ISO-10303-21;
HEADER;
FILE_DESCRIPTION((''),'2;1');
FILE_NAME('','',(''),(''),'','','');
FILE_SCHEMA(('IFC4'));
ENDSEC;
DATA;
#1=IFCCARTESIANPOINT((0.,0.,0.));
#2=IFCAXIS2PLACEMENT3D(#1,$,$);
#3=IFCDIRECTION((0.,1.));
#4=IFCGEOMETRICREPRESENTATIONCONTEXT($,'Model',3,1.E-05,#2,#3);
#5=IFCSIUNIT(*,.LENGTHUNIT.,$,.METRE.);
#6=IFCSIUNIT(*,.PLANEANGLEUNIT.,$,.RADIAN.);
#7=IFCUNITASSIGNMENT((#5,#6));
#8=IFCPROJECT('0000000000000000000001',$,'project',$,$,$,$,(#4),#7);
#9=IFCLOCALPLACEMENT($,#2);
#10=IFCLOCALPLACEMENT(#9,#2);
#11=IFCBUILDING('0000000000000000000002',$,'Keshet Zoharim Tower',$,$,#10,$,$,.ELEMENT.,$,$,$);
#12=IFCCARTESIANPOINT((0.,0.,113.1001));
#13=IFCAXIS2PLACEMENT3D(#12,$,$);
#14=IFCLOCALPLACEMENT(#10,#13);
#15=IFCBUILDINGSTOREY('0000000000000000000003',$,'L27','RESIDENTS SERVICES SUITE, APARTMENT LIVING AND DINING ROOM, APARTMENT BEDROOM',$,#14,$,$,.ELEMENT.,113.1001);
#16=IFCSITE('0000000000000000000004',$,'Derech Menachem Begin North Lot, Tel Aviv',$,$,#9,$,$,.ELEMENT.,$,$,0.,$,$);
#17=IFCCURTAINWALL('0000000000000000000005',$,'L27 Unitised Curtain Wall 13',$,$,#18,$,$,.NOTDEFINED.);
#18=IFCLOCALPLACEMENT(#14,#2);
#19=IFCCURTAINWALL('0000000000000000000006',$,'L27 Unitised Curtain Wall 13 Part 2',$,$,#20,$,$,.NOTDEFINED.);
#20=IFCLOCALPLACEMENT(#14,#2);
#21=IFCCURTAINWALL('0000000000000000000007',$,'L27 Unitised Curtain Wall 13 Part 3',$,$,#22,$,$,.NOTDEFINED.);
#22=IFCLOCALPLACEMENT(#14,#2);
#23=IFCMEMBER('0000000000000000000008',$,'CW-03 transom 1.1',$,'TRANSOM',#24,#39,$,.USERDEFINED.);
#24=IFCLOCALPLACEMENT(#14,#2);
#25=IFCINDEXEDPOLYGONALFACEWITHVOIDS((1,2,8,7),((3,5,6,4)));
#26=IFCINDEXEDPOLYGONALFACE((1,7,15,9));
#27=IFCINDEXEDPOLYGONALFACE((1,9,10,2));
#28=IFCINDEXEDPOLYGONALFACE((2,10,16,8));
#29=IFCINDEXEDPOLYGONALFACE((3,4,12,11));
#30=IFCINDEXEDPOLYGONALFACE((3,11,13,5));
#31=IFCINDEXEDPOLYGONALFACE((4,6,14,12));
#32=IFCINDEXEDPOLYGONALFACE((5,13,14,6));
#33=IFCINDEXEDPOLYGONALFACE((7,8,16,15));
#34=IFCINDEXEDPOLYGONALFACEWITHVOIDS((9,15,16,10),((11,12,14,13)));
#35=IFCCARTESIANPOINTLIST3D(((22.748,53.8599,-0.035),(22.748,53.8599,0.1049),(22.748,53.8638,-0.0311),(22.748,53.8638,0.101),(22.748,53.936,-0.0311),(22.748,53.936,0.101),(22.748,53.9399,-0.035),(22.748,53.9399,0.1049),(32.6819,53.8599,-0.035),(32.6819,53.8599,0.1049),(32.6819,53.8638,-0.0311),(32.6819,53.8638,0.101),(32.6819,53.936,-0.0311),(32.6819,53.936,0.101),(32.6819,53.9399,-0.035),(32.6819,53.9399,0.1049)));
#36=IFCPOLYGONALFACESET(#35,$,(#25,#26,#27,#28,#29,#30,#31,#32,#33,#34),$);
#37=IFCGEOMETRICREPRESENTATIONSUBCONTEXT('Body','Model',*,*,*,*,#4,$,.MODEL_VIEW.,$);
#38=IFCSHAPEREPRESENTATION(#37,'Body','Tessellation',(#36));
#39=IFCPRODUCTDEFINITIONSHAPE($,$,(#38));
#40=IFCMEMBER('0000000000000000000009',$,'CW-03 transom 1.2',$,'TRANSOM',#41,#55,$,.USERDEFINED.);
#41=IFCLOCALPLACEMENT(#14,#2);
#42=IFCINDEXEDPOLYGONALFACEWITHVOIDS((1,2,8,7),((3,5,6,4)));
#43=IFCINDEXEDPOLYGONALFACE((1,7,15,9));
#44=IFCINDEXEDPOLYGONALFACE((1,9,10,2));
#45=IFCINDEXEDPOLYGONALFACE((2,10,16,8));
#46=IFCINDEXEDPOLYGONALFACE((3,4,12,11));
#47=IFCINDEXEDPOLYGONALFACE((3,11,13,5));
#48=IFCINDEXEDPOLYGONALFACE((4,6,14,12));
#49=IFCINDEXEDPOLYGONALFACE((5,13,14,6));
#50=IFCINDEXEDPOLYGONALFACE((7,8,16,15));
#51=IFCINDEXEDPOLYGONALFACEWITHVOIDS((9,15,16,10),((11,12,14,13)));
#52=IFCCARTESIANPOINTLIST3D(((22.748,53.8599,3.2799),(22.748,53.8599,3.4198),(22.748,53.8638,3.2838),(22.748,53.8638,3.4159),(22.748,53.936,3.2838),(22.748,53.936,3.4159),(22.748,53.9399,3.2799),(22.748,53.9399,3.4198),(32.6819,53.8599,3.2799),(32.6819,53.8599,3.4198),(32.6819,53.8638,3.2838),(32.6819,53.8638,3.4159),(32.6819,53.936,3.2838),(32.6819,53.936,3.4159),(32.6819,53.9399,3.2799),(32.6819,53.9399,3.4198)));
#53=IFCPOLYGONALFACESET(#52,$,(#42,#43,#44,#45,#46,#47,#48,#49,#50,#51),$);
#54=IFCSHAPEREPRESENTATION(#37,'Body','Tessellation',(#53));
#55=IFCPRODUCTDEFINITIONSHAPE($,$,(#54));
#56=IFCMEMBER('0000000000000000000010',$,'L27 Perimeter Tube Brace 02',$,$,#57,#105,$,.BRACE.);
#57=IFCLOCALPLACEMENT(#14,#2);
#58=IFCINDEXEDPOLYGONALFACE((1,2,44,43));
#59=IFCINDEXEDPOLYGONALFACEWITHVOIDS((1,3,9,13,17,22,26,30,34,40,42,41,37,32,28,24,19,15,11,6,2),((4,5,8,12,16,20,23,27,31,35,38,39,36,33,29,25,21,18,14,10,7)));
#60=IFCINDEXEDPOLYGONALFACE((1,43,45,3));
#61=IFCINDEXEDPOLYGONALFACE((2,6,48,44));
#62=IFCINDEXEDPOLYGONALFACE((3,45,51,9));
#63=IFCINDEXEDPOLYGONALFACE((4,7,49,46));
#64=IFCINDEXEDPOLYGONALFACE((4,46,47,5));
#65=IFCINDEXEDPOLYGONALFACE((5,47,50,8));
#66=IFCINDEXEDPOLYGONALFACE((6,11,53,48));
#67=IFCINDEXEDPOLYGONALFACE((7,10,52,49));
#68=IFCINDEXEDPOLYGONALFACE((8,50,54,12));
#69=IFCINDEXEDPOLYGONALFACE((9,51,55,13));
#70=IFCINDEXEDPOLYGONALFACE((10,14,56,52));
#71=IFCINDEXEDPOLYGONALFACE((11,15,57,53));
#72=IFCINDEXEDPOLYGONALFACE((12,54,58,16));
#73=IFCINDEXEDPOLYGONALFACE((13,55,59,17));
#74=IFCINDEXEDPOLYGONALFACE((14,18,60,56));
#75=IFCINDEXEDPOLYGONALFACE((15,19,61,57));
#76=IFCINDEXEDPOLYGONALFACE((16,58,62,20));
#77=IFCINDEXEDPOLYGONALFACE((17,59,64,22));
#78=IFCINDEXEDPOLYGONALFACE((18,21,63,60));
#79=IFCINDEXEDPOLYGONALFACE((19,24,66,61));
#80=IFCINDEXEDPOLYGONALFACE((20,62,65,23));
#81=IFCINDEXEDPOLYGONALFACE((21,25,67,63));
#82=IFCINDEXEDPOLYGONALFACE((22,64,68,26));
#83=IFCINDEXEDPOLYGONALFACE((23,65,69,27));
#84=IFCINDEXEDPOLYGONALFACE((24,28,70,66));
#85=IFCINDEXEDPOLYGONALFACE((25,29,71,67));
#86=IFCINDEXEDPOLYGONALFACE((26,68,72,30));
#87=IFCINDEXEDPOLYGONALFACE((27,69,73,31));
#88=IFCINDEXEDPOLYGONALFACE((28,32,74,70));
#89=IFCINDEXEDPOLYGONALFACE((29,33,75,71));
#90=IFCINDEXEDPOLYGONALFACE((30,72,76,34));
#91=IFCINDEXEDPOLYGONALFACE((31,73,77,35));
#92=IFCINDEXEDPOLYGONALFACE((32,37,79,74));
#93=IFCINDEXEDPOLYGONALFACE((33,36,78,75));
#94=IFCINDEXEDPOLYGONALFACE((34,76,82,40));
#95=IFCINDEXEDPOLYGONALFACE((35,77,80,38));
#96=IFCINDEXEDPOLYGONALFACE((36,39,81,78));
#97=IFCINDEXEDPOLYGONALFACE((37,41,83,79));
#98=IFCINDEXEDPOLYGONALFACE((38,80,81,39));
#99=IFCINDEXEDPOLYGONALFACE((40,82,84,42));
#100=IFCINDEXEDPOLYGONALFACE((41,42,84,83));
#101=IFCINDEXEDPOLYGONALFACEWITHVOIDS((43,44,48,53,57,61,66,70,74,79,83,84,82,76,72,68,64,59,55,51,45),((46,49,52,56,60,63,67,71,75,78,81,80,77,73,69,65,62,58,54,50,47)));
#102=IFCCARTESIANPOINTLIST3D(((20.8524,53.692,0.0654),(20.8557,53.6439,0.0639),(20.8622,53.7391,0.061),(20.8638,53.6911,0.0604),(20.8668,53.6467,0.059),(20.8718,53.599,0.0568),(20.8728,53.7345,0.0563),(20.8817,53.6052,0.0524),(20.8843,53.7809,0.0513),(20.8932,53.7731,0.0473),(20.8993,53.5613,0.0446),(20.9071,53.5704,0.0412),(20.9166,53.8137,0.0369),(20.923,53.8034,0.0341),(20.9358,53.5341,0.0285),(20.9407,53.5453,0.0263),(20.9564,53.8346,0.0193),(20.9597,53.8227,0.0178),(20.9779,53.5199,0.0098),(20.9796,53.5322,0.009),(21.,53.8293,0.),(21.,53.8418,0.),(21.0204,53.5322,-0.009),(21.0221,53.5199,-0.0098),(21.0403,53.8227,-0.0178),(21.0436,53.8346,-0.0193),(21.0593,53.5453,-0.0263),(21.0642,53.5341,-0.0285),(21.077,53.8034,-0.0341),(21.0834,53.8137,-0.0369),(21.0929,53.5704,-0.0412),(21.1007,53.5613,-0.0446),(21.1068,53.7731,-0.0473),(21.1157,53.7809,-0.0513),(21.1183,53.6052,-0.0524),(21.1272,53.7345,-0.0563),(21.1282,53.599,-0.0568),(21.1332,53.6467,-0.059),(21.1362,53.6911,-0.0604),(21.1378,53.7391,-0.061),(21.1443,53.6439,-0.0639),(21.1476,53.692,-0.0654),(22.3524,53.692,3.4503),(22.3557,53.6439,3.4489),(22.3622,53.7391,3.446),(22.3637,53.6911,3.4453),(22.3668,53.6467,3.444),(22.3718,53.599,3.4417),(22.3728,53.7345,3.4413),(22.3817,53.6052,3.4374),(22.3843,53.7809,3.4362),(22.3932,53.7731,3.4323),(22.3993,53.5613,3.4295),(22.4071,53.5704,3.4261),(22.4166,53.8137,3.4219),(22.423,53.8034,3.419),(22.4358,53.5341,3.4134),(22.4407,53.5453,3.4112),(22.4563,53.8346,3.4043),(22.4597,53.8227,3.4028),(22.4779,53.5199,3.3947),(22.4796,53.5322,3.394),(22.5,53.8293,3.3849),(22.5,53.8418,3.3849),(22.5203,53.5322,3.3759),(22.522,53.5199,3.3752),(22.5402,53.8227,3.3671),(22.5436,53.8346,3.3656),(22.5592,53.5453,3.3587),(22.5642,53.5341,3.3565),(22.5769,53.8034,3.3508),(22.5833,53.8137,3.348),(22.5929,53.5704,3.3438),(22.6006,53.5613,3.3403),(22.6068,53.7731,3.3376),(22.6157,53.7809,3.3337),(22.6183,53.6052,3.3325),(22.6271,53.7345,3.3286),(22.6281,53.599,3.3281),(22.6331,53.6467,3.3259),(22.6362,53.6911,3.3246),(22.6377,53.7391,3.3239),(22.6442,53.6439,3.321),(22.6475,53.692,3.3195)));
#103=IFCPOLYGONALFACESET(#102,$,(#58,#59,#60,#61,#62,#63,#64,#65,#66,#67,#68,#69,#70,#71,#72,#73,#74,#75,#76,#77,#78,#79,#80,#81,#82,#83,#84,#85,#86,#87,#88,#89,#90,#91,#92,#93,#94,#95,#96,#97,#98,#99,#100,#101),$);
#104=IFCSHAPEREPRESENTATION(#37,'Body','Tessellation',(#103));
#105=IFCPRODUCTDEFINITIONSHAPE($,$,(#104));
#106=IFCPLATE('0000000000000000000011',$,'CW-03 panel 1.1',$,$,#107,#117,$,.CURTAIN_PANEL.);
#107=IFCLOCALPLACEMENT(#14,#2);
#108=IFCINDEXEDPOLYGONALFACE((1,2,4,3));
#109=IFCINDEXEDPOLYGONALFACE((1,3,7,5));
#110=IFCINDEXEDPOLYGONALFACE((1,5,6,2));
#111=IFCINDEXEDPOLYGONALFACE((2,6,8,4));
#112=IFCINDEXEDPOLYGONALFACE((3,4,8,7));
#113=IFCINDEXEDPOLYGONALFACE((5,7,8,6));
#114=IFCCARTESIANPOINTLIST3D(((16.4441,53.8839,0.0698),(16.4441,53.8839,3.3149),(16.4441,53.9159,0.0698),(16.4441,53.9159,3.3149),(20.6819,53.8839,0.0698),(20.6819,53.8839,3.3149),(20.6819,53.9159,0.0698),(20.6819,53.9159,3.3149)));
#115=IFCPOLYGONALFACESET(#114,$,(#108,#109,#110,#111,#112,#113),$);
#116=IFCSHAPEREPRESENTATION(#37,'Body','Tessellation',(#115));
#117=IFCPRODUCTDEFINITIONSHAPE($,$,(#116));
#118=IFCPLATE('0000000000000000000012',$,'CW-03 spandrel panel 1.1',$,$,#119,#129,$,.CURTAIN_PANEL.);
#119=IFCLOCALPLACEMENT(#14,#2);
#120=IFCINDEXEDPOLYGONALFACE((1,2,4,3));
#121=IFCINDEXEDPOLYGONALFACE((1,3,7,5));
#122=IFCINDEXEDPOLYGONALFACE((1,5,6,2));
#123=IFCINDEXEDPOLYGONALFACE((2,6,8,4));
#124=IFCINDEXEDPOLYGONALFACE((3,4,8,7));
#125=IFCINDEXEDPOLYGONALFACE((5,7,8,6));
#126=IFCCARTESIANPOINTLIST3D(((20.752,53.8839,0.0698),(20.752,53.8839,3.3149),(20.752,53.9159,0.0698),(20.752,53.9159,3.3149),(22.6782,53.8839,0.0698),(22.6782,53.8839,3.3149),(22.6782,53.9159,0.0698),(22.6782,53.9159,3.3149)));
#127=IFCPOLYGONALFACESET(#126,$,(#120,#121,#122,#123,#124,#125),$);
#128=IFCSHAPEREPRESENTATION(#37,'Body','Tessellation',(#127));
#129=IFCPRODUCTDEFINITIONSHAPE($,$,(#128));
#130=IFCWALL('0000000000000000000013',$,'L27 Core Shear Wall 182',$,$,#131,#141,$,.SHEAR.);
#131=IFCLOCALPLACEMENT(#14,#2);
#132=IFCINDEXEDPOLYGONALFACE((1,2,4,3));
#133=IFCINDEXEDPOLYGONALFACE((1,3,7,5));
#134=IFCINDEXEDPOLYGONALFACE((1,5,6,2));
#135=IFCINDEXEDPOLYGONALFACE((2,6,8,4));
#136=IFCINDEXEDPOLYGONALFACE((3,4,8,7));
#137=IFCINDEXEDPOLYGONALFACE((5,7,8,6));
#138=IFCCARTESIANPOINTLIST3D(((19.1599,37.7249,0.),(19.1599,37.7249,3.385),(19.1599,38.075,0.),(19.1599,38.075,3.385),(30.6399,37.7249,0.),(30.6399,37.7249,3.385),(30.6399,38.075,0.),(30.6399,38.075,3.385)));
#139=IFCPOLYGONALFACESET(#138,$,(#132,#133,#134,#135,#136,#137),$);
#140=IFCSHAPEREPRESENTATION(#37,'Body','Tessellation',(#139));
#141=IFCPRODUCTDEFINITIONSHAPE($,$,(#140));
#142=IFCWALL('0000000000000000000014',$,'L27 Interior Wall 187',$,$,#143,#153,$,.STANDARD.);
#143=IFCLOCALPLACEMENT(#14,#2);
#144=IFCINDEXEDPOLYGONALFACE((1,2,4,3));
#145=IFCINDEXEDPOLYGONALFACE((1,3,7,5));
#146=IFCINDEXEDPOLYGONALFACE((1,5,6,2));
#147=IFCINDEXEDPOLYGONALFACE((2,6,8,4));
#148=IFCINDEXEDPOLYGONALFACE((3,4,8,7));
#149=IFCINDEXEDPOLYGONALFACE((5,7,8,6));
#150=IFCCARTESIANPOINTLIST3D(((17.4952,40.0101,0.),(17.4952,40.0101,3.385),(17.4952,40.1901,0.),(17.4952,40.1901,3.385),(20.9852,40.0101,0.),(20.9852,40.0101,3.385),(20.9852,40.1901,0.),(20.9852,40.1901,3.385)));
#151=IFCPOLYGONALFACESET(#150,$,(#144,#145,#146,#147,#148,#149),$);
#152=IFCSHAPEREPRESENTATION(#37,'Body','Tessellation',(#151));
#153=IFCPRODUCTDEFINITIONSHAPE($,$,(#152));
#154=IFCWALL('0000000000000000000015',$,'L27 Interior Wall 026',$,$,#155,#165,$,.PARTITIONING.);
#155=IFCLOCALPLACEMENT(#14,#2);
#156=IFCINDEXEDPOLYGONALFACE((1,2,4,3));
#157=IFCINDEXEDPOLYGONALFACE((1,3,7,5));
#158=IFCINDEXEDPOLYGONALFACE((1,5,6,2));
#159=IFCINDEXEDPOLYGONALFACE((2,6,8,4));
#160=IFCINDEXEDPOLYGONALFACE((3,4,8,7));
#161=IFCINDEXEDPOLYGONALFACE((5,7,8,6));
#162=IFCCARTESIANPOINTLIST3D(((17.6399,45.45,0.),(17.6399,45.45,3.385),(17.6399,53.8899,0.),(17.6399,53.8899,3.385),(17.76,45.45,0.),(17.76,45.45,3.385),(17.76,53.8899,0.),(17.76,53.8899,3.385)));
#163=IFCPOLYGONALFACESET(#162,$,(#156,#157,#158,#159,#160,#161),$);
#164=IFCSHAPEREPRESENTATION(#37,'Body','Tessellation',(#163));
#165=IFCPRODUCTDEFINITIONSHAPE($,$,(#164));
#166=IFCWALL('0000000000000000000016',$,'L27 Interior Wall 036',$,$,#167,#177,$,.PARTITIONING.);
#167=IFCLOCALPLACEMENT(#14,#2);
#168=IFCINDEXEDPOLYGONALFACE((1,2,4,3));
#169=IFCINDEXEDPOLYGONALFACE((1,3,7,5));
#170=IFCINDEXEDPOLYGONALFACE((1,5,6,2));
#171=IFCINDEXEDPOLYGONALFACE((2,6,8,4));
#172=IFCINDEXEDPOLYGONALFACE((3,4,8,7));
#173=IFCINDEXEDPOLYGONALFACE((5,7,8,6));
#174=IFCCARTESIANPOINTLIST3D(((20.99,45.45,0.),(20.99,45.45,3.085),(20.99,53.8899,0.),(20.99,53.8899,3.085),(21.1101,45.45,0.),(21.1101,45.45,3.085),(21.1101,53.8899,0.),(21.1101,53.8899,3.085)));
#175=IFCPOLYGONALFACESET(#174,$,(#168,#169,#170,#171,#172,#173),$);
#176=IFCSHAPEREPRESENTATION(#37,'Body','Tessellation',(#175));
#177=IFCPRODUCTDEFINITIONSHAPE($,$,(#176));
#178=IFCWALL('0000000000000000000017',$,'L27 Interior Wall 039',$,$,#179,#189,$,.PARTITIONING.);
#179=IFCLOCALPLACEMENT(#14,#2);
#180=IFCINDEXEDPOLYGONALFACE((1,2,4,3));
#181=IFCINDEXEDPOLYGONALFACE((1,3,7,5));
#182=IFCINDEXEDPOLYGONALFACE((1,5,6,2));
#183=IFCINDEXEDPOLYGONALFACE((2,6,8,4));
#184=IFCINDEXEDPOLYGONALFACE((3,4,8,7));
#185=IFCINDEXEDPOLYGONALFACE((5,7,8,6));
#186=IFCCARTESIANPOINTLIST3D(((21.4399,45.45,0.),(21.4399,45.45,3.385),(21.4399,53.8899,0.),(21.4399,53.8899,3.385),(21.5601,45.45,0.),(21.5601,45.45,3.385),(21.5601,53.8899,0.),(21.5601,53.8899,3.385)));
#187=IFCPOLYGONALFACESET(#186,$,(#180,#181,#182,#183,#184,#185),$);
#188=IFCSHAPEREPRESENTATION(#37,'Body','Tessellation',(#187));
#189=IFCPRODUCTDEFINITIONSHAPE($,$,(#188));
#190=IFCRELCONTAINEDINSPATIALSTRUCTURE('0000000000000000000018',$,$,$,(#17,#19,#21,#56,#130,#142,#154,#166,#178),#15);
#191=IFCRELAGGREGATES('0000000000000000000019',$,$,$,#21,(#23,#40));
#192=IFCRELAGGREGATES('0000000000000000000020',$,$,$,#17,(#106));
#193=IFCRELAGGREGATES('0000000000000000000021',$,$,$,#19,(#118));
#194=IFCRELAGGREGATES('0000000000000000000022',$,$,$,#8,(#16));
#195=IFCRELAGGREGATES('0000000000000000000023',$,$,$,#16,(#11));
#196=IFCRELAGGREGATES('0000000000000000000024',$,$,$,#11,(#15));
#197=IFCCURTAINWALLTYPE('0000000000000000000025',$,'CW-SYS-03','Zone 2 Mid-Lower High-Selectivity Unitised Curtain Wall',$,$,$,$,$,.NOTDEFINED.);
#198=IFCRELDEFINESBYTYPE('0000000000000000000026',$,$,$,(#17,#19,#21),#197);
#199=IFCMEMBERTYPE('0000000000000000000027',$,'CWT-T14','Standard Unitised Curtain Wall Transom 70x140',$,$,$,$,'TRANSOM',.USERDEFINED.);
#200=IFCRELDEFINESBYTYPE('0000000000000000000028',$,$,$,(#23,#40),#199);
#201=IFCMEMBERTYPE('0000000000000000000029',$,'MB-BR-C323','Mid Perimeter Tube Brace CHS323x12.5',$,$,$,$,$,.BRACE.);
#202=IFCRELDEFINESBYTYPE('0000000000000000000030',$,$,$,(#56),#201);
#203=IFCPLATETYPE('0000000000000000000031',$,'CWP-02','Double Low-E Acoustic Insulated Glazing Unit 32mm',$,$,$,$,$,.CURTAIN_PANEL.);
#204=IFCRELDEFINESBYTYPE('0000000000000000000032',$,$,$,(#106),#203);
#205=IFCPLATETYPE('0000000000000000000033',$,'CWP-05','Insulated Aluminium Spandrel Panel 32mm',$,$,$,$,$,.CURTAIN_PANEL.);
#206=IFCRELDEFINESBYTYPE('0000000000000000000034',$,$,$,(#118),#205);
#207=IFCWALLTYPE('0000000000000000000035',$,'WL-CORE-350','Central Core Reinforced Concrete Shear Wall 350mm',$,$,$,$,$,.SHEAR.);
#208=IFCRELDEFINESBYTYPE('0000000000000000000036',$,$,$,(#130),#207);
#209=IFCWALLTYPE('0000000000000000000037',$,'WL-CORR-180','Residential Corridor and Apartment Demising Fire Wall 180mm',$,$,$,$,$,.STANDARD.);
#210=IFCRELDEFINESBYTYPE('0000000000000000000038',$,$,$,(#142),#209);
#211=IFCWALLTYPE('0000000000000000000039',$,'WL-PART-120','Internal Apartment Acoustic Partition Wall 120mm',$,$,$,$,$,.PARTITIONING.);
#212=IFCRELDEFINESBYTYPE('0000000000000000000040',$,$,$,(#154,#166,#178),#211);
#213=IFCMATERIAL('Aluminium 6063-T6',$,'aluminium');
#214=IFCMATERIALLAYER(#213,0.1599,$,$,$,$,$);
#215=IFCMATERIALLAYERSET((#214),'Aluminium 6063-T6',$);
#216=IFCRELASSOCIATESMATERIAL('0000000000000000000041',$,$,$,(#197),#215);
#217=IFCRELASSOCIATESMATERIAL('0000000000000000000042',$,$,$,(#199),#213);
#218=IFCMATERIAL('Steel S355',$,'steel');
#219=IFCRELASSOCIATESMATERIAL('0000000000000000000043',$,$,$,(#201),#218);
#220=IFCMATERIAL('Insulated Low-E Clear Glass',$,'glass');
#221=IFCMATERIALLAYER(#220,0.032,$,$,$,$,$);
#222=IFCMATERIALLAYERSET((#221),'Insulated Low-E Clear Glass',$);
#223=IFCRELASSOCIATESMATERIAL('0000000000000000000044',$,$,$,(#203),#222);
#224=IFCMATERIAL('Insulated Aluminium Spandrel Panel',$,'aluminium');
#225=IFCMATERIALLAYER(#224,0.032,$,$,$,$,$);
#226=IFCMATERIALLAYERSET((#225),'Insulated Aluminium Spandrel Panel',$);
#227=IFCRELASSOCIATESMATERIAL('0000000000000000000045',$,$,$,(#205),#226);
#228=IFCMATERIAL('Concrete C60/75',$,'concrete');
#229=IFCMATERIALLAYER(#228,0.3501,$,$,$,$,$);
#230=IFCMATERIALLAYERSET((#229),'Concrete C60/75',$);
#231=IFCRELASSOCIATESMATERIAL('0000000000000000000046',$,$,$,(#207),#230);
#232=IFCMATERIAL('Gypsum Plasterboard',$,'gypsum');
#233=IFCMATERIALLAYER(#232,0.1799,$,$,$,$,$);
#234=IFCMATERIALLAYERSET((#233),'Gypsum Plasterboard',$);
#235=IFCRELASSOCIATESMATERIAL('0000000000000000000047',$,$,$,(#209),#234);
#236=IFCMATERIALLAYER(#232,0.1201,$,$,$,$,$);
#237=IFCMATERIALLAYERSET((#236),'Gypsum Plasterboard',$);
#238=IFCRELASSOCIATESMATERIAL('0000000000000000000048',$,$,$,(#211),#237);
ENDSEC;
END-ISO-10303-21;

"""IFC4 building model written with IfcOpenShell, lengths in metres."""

from ifc_helpers import new_model, si_unit, direction, frame, frame_2d, origin, origin_2d, place, context, subcontext, project, spatial, rectangle, hollow_rectangle, hollow_circle, extrude, material, layer, layer_set, material_profile, profile_set, type_object, element, aggregate, save


model = new_model("IFC4")

# Units and contexts
model_context = context("Model", 3, precision=1e-05, world=origin(), true_north=direction((0.0, 1.0)))
body_context = subcontext(model_context, "Body", "Model", "MODEL_VIEW")
ifc_project = project(units=[si_unit("LENGTHUNIT", "METRE"), si_unit("PLANEANGLEUNIT", "RADIAN")], contexts=[model_context])

# Site, building, storey
site_placement = place(None, origin())
site = spatial("IfcSite", under=ifc_project, at=site_placement, Name="Derech Menachem Begin North Lot, Tel Aviv", CompositionType="ELEMENT", RefElevation=0.0)
building_placement = place(site_placement, origin())
building = spatial("IfcBuilding", under=site, at=building_placement, Name="Keshet Zoharim Tower", CompositionType="ELEMENT")
storey_placement = place(building_placement, frame((0.0, 0.0, 113.1001)))
storey = spatial("IfcBuildingStorey", under=building, at=storey_placement, Name="L27", Description="RESIDENTS SERVICES SUITE, APARTMENT LIVING AND DINING ROOM, APARTMENT BEDROOM", CompositionType="ELEMENT", Elevation=113.1001)

# Shared definitions
ifc_material_1 = material(Name="Steel S355", Category="steel")

# Curtain walls
ifc_material_2 = material(Name="Aluminium 6063-T6", Category="aluminium")
ifc_layer_1 = layer(ifc_material_2, 0.1599)
ifc_layer_set_1 = layer_set([ifc_layer_1], Name="Aluminium 6063-T6")
curtain_wall_type = type_object("IfcCurtainWallType", Name="CW-SYS-03", Description="Zone 2 Mid-Lower High-Selectivity Unitised Curtain Wall", PredefinedType="NOTDEFINED", material=ifc_layer_set_1)
curtain_wall_1_placement = place(storey_placement, origin())
curtain_wall_1 = element("IfcCurtainWall", 1, at=curtain_wall_1_placement, inside=storey, type_object=curtain_wall_type, Name="L27 Unitised Curtain Wall 13", PredefinedType="NOTDEFINED")
curtain_wall_2_placement = place(storey_placement, origin())
curtain_wall_2 = element("IfcCurtainWall", 2, at=curtain_wall_2_placement, inside=storey, type_object=curtain_wall_type, Name="L27 Unitised Curtain Wall 13 Part 2", PredefinedType="NOTDEFINED")

# Shared definitions
ifc_material_profile_1 = material_profile(ifc_material_2, hollow_rectangle(XDim=0.0801, YDim=0.1399, WallThickness=0.0039, at=origin_2d()), Name="TRN-80x140")
ifc_profile_set_1 = profile_set([ifc_material_profile_1], Name="Aluminium 6063-T6")
member_type_1 = type_object("IfcMemberType", Name="CWT-T14", Description="Standard Unitised Curtain Wall Transom 70x140", ElementType="TRANSOM", PredefinedType="USERDEFINED", material=ifc_profile_set_1)

# Curtain wall, members
curtain_wall_3_placement = place(storey_placement, origin())
curtain_wall_3 = element("IfcCurtainWall", 3, at=curtain_wall_3_placement, inside=storey, type_object=curtain_wall_type, Name="L27 Unitised Curtain Wall 13 Part 3", PredefinedType="NOTDEFINED")
member_1_placement = place(storey_placement, frame((22.748, 53.8999, 0.0349), z_axis=(1.0, 0.0, 0.0), x_axis=(0.0, 1.0, 0.0)))
member_1 = element("IfcMember", 4, at=member_1_placement, type_object=member_type_1, Name="CW-03 transom 1.1", ObjectType="TRANSOM", PredefinedType="USERDEFINED", context=body_context, shape_type="SweptSolid", body=[
    extrude(hollow_rectangle(XDim=0.0801, YDim=0.1399, WallThickness=0.0039, at=origin_2d()), origin(), (0.0, 0.0, 1.0), 9.9338),
])
member_2_placement = place(storey_placement, frame((22.748, 53.8999, 3.3499), z_axis=(1.0, 0.0, 0.0), x_axis=(0.0, 1.0, 0.0)))
member_2 = element("IfcMember", 5, at=member_2_placement, type_object=member_type_1, Name="CW-03 transom 1.2", ObjectType="TRANSOM", PredefinedType="USERDEFINED", context=body_context, shape_type="SweptSolid", body=[
    extrude(hollow_rectangle(XDim=0.0801, YDim=0.1399, WallThickness=0.0039, at=origin_2d()), origin(), (0.0, 0.0, 1.0), 9.9338),
])
aggregate(curtain_wall_3, [member_1, member_2])

# Member
ifc_material_profile_2 = material_profile(ifc_material_1, hollow_circle(Radius=0.1619, WallThickness=0.0125, at=origin_2d()), Name="CHS323x12.5")
ifc_profile_set_2 = profile_set([ifc_material_profile_2], Name="Steel S355")
member_type_2 = type_object("IfcMemberType", Name="MB-BR-C323", Description="Mid Perimeter Tube Brace CHS323x12.5", PredefinedType="BRACE", material=ifc_profile_set_2)
member_3_placement = place(storey_placement, frame((21.0, 53.6799, 0.0), z_axis=(0.405135, 0.0, 0.914257), x_axis=(0.0, 1.0, 0.0)))
element("IfcMember", 6, at=member_3_placement, inside=storey, type_object=member_type_2, Name="L27 Perimeter Tube Brace 02", PredefinedType="BRACE", context=body_context, shape_type="SweptSolid", body=[
    extrude(hollow_circle(Radius=0.1619, WallThickness=0.0125, at=origin_2d()), origin(), (0.0, 0.0, 1.0), 3.7024),
])

# Plates
ifc_material_3 = material(Name="Insulated Low-E Clear Glass", Category="glass")
ifc_layer_2 = layer(ifc_material_3, 0.032)
ifc_layer_set_2 = layer_set([ifc_layer_2], Name="Insulated Low-E Clear Glass")
plate_type_1 = type_object("IfcPlateType", Name="CWP-02", Description="Double Low-E Acoustic Insulated Glazing Unit 32mm", PredefinedType="CURTAIN_PANEL", material=ifc_layer_set_2)
plate_1_placement = place(storey_placement, frame((18.563, 53.8999, 0.0698), z_axis=(0.0, 0.0, 1.0), x_axis=(1.0, 0.0, 0.0)))
plate_1 = element("IfcPlate", 7, at=plate_1_placement, type_object=plate_type_1, Name="CW-03 panel 1.1", PredefinedType="CURTAIN_PANEL", context=body_context, shape_type="SweptSolid", body=[
    extrude(rectangle(XDim=4.2378, YDim=0.032, at=origin_2d()), origin(), (0.0, 0.0, 1.0), 3.2451),
])
aggregate(curtain_wall_1, [plate_1])
ifc_material_4 = material(Name="Insulated Aluminium Spandrel Panel", Category="aluminium")
ifc_layer_3 = layer(ifc_material_4, 0.032)
ifc_layer_set_3 = layer_set([ifc_layer_3], Name="Insulated Aluminium Spandrel Panel")
plate_type_2 = type_object("IfcPlateType", Name="CWP-05", Description="Insulated Aluminium Spandrel Panel 32mm", PredefinedType="CURTAIN_PANEL", material=ifc_layer_set_3)
plate_2_placement = place(storey_placement, frame((21.7151, 53.8999, 0.0698), z_axis=(0.0, 0.0, 1.0), x_axis=(1.0, 0.0, 0.0)))
plate_2 = element("IfcPlate", 8, at=plate_2_placement, type_object=plate_type_2, Name="CW-03 spandrel panel 1.1", PredefinedType="CURTAIN_PANEL", context=body_context, shape_type="SweptSolid", body=[
    extrude(rectangle(XDim=1.9263, YDim=0.032, at=origin_2d()), origin(), (0.0, 0.0, 1.0), 3.2451),
])
aggregate(curtain_wall_2, [plate_2])

# Walls
ifc_material_5 = material(Name="Concrete C60/75", Category="concrete")
ifc_layer_4 = layer(ifc_material_5, 0.3501)
ifc_layer_set_4 = layer_set([ifc_layer_4], Name="Concrete C60/75")
wall_type_1 = type_object("IfcWallType", Name="WL-CORE-350", Description="Central Core Reinforced Concrete Shear Wall 350mm", PredefinedType="SHEAR", material=ifc_layer_set_4)
wall_1_placement = place(storey_placement, frame((19.1599, 37.8999, 0.0), z_axis=(0.0, 0.0, 1.0), x_axis=(1.0, 0.0, 0.0)))
element("IfcWall", 9, at=wall_1_placement, inside=storey, type_object=wall_type_1, Name="L27 Core Shear Wall 182", PredefinedType="SHEAR", context=body_context, shape_type="SweptSolid", body=[
    extrude(rectangle(XDim=11.48, YDim=0.3501, at=frame_2d((5.74, 0.0))), origin(), (0.0, 0.0, 1.0), 3.385),
])
ifc_material_6 = material(Name="Gypsum Plasterboard", Category="gypsum")
ifc_layer_5 = layer(ifc_material_6, 0.1799)
ifc_layer_set_5 = layer_set([ifc_layer_5], Name="Gypsum Plasterboard")
wall_type_2 = type_object("IfcWallType", Name="WL-CORR-180", Description="Residential Corridor and Apartment Demising Fire Wall 180mm", PredefinedType="STANDARD", material=ifc_layer_set_5)
wall_2_placement = place(storey_placement, frame((17.4951, 40.1001, 0.0), z_axis=(0.0, 0.0, 1.0), x_axis=(1.0, 0.0, 0.0)))
element("IfcWall", 10, at=wall_2_placement, inside=storey, type_object=wall_type_2, Name="L27 Interior Wall 187", PredefinedType="STANDARD", context=body_context, shape_type="SweptSolid", body=[
    extrude(rectangle(XDim=3.49, YDim=0.1799, at=frame_2d((1.7451, 0.0))), origin(), (0.0, 0.0, 1.0), 3.385),
])

# Walls
ifc_layer_6 = layer(ifc_material_6, 0.1201)
ifc_layer_set_6 = layer_set([ifc_layer_6], Name="Gypsum Plasterboard")
wall_type_3 = type_object("IfcWallType", Name="WL-PART-120", Description="Internal Apartment Acoustic Partition Wall 120mm", PredefinedType="PARTITIONING", material=ifc_layer_set_6)
wall_3_placement = place(storey_placement, frame((17.7, 45.45, 0.0), z_axis=(0.0, 0.0, 1.0), x_axis=(0.0, 1.0, 0.0)))
element("IfcWall", 11, at=wall_3_placement, inside=storey, type_object=wall_type_3, Name="L27 Interior Wall 026", PredefinedType="PARTITIONING", context=body_context, shape_type="SweptSolid", body=[
    extrude(rectangle(XDim=8.4399, YDim=0.1201, at=frame_2d((4.22, 0.0))), origin(), (0.0, 0.0, 1.0), 3.385),
])
wall_4_placement = place(storey_placement, frame((21.05, 45.45, 0.0), z_axis=(0.0, 0.0, 1.0), x_axis=(0.0, 1.0, 0.0)))
element("IfcWall", 12, at=wall_4_placement, inside=storey, type_object=wall_type_3, Name="L27 Interior Wall 036", PredefinedType="PARTITIONING", context=body_context, shape_type="SweptSolid", body=[
    extrude(rectangle(XDim=8.4399, YDim=0.1201, at=frame_2d((4.22, 0.0))), origin(), (0.0, 0.0, 1.0), 3.085),
])
wall_5_placement = place(storey_placement, frame((21.5, 45.45, 0.0), z_axis=(0.0, 0.0, 1.0), x_axis=(0.0, 1.0, 0.0)))
element("IfcWall", 13, at=wall_5_placement, inside=storey, type_object=wall_type_3, Name="L27 Interior Wall 039", PredefinedType="PARTITIONING", context=body_context, shape_type="SweptSolid", body=[
    extrude(rectangle(XDim=8.4399, YDim=0.1201, at=frame_2d((4.22, 0.0))), origin(), (0.0, 0.0, 1.0), 3.385),
])

save(model, "model.ifc")
